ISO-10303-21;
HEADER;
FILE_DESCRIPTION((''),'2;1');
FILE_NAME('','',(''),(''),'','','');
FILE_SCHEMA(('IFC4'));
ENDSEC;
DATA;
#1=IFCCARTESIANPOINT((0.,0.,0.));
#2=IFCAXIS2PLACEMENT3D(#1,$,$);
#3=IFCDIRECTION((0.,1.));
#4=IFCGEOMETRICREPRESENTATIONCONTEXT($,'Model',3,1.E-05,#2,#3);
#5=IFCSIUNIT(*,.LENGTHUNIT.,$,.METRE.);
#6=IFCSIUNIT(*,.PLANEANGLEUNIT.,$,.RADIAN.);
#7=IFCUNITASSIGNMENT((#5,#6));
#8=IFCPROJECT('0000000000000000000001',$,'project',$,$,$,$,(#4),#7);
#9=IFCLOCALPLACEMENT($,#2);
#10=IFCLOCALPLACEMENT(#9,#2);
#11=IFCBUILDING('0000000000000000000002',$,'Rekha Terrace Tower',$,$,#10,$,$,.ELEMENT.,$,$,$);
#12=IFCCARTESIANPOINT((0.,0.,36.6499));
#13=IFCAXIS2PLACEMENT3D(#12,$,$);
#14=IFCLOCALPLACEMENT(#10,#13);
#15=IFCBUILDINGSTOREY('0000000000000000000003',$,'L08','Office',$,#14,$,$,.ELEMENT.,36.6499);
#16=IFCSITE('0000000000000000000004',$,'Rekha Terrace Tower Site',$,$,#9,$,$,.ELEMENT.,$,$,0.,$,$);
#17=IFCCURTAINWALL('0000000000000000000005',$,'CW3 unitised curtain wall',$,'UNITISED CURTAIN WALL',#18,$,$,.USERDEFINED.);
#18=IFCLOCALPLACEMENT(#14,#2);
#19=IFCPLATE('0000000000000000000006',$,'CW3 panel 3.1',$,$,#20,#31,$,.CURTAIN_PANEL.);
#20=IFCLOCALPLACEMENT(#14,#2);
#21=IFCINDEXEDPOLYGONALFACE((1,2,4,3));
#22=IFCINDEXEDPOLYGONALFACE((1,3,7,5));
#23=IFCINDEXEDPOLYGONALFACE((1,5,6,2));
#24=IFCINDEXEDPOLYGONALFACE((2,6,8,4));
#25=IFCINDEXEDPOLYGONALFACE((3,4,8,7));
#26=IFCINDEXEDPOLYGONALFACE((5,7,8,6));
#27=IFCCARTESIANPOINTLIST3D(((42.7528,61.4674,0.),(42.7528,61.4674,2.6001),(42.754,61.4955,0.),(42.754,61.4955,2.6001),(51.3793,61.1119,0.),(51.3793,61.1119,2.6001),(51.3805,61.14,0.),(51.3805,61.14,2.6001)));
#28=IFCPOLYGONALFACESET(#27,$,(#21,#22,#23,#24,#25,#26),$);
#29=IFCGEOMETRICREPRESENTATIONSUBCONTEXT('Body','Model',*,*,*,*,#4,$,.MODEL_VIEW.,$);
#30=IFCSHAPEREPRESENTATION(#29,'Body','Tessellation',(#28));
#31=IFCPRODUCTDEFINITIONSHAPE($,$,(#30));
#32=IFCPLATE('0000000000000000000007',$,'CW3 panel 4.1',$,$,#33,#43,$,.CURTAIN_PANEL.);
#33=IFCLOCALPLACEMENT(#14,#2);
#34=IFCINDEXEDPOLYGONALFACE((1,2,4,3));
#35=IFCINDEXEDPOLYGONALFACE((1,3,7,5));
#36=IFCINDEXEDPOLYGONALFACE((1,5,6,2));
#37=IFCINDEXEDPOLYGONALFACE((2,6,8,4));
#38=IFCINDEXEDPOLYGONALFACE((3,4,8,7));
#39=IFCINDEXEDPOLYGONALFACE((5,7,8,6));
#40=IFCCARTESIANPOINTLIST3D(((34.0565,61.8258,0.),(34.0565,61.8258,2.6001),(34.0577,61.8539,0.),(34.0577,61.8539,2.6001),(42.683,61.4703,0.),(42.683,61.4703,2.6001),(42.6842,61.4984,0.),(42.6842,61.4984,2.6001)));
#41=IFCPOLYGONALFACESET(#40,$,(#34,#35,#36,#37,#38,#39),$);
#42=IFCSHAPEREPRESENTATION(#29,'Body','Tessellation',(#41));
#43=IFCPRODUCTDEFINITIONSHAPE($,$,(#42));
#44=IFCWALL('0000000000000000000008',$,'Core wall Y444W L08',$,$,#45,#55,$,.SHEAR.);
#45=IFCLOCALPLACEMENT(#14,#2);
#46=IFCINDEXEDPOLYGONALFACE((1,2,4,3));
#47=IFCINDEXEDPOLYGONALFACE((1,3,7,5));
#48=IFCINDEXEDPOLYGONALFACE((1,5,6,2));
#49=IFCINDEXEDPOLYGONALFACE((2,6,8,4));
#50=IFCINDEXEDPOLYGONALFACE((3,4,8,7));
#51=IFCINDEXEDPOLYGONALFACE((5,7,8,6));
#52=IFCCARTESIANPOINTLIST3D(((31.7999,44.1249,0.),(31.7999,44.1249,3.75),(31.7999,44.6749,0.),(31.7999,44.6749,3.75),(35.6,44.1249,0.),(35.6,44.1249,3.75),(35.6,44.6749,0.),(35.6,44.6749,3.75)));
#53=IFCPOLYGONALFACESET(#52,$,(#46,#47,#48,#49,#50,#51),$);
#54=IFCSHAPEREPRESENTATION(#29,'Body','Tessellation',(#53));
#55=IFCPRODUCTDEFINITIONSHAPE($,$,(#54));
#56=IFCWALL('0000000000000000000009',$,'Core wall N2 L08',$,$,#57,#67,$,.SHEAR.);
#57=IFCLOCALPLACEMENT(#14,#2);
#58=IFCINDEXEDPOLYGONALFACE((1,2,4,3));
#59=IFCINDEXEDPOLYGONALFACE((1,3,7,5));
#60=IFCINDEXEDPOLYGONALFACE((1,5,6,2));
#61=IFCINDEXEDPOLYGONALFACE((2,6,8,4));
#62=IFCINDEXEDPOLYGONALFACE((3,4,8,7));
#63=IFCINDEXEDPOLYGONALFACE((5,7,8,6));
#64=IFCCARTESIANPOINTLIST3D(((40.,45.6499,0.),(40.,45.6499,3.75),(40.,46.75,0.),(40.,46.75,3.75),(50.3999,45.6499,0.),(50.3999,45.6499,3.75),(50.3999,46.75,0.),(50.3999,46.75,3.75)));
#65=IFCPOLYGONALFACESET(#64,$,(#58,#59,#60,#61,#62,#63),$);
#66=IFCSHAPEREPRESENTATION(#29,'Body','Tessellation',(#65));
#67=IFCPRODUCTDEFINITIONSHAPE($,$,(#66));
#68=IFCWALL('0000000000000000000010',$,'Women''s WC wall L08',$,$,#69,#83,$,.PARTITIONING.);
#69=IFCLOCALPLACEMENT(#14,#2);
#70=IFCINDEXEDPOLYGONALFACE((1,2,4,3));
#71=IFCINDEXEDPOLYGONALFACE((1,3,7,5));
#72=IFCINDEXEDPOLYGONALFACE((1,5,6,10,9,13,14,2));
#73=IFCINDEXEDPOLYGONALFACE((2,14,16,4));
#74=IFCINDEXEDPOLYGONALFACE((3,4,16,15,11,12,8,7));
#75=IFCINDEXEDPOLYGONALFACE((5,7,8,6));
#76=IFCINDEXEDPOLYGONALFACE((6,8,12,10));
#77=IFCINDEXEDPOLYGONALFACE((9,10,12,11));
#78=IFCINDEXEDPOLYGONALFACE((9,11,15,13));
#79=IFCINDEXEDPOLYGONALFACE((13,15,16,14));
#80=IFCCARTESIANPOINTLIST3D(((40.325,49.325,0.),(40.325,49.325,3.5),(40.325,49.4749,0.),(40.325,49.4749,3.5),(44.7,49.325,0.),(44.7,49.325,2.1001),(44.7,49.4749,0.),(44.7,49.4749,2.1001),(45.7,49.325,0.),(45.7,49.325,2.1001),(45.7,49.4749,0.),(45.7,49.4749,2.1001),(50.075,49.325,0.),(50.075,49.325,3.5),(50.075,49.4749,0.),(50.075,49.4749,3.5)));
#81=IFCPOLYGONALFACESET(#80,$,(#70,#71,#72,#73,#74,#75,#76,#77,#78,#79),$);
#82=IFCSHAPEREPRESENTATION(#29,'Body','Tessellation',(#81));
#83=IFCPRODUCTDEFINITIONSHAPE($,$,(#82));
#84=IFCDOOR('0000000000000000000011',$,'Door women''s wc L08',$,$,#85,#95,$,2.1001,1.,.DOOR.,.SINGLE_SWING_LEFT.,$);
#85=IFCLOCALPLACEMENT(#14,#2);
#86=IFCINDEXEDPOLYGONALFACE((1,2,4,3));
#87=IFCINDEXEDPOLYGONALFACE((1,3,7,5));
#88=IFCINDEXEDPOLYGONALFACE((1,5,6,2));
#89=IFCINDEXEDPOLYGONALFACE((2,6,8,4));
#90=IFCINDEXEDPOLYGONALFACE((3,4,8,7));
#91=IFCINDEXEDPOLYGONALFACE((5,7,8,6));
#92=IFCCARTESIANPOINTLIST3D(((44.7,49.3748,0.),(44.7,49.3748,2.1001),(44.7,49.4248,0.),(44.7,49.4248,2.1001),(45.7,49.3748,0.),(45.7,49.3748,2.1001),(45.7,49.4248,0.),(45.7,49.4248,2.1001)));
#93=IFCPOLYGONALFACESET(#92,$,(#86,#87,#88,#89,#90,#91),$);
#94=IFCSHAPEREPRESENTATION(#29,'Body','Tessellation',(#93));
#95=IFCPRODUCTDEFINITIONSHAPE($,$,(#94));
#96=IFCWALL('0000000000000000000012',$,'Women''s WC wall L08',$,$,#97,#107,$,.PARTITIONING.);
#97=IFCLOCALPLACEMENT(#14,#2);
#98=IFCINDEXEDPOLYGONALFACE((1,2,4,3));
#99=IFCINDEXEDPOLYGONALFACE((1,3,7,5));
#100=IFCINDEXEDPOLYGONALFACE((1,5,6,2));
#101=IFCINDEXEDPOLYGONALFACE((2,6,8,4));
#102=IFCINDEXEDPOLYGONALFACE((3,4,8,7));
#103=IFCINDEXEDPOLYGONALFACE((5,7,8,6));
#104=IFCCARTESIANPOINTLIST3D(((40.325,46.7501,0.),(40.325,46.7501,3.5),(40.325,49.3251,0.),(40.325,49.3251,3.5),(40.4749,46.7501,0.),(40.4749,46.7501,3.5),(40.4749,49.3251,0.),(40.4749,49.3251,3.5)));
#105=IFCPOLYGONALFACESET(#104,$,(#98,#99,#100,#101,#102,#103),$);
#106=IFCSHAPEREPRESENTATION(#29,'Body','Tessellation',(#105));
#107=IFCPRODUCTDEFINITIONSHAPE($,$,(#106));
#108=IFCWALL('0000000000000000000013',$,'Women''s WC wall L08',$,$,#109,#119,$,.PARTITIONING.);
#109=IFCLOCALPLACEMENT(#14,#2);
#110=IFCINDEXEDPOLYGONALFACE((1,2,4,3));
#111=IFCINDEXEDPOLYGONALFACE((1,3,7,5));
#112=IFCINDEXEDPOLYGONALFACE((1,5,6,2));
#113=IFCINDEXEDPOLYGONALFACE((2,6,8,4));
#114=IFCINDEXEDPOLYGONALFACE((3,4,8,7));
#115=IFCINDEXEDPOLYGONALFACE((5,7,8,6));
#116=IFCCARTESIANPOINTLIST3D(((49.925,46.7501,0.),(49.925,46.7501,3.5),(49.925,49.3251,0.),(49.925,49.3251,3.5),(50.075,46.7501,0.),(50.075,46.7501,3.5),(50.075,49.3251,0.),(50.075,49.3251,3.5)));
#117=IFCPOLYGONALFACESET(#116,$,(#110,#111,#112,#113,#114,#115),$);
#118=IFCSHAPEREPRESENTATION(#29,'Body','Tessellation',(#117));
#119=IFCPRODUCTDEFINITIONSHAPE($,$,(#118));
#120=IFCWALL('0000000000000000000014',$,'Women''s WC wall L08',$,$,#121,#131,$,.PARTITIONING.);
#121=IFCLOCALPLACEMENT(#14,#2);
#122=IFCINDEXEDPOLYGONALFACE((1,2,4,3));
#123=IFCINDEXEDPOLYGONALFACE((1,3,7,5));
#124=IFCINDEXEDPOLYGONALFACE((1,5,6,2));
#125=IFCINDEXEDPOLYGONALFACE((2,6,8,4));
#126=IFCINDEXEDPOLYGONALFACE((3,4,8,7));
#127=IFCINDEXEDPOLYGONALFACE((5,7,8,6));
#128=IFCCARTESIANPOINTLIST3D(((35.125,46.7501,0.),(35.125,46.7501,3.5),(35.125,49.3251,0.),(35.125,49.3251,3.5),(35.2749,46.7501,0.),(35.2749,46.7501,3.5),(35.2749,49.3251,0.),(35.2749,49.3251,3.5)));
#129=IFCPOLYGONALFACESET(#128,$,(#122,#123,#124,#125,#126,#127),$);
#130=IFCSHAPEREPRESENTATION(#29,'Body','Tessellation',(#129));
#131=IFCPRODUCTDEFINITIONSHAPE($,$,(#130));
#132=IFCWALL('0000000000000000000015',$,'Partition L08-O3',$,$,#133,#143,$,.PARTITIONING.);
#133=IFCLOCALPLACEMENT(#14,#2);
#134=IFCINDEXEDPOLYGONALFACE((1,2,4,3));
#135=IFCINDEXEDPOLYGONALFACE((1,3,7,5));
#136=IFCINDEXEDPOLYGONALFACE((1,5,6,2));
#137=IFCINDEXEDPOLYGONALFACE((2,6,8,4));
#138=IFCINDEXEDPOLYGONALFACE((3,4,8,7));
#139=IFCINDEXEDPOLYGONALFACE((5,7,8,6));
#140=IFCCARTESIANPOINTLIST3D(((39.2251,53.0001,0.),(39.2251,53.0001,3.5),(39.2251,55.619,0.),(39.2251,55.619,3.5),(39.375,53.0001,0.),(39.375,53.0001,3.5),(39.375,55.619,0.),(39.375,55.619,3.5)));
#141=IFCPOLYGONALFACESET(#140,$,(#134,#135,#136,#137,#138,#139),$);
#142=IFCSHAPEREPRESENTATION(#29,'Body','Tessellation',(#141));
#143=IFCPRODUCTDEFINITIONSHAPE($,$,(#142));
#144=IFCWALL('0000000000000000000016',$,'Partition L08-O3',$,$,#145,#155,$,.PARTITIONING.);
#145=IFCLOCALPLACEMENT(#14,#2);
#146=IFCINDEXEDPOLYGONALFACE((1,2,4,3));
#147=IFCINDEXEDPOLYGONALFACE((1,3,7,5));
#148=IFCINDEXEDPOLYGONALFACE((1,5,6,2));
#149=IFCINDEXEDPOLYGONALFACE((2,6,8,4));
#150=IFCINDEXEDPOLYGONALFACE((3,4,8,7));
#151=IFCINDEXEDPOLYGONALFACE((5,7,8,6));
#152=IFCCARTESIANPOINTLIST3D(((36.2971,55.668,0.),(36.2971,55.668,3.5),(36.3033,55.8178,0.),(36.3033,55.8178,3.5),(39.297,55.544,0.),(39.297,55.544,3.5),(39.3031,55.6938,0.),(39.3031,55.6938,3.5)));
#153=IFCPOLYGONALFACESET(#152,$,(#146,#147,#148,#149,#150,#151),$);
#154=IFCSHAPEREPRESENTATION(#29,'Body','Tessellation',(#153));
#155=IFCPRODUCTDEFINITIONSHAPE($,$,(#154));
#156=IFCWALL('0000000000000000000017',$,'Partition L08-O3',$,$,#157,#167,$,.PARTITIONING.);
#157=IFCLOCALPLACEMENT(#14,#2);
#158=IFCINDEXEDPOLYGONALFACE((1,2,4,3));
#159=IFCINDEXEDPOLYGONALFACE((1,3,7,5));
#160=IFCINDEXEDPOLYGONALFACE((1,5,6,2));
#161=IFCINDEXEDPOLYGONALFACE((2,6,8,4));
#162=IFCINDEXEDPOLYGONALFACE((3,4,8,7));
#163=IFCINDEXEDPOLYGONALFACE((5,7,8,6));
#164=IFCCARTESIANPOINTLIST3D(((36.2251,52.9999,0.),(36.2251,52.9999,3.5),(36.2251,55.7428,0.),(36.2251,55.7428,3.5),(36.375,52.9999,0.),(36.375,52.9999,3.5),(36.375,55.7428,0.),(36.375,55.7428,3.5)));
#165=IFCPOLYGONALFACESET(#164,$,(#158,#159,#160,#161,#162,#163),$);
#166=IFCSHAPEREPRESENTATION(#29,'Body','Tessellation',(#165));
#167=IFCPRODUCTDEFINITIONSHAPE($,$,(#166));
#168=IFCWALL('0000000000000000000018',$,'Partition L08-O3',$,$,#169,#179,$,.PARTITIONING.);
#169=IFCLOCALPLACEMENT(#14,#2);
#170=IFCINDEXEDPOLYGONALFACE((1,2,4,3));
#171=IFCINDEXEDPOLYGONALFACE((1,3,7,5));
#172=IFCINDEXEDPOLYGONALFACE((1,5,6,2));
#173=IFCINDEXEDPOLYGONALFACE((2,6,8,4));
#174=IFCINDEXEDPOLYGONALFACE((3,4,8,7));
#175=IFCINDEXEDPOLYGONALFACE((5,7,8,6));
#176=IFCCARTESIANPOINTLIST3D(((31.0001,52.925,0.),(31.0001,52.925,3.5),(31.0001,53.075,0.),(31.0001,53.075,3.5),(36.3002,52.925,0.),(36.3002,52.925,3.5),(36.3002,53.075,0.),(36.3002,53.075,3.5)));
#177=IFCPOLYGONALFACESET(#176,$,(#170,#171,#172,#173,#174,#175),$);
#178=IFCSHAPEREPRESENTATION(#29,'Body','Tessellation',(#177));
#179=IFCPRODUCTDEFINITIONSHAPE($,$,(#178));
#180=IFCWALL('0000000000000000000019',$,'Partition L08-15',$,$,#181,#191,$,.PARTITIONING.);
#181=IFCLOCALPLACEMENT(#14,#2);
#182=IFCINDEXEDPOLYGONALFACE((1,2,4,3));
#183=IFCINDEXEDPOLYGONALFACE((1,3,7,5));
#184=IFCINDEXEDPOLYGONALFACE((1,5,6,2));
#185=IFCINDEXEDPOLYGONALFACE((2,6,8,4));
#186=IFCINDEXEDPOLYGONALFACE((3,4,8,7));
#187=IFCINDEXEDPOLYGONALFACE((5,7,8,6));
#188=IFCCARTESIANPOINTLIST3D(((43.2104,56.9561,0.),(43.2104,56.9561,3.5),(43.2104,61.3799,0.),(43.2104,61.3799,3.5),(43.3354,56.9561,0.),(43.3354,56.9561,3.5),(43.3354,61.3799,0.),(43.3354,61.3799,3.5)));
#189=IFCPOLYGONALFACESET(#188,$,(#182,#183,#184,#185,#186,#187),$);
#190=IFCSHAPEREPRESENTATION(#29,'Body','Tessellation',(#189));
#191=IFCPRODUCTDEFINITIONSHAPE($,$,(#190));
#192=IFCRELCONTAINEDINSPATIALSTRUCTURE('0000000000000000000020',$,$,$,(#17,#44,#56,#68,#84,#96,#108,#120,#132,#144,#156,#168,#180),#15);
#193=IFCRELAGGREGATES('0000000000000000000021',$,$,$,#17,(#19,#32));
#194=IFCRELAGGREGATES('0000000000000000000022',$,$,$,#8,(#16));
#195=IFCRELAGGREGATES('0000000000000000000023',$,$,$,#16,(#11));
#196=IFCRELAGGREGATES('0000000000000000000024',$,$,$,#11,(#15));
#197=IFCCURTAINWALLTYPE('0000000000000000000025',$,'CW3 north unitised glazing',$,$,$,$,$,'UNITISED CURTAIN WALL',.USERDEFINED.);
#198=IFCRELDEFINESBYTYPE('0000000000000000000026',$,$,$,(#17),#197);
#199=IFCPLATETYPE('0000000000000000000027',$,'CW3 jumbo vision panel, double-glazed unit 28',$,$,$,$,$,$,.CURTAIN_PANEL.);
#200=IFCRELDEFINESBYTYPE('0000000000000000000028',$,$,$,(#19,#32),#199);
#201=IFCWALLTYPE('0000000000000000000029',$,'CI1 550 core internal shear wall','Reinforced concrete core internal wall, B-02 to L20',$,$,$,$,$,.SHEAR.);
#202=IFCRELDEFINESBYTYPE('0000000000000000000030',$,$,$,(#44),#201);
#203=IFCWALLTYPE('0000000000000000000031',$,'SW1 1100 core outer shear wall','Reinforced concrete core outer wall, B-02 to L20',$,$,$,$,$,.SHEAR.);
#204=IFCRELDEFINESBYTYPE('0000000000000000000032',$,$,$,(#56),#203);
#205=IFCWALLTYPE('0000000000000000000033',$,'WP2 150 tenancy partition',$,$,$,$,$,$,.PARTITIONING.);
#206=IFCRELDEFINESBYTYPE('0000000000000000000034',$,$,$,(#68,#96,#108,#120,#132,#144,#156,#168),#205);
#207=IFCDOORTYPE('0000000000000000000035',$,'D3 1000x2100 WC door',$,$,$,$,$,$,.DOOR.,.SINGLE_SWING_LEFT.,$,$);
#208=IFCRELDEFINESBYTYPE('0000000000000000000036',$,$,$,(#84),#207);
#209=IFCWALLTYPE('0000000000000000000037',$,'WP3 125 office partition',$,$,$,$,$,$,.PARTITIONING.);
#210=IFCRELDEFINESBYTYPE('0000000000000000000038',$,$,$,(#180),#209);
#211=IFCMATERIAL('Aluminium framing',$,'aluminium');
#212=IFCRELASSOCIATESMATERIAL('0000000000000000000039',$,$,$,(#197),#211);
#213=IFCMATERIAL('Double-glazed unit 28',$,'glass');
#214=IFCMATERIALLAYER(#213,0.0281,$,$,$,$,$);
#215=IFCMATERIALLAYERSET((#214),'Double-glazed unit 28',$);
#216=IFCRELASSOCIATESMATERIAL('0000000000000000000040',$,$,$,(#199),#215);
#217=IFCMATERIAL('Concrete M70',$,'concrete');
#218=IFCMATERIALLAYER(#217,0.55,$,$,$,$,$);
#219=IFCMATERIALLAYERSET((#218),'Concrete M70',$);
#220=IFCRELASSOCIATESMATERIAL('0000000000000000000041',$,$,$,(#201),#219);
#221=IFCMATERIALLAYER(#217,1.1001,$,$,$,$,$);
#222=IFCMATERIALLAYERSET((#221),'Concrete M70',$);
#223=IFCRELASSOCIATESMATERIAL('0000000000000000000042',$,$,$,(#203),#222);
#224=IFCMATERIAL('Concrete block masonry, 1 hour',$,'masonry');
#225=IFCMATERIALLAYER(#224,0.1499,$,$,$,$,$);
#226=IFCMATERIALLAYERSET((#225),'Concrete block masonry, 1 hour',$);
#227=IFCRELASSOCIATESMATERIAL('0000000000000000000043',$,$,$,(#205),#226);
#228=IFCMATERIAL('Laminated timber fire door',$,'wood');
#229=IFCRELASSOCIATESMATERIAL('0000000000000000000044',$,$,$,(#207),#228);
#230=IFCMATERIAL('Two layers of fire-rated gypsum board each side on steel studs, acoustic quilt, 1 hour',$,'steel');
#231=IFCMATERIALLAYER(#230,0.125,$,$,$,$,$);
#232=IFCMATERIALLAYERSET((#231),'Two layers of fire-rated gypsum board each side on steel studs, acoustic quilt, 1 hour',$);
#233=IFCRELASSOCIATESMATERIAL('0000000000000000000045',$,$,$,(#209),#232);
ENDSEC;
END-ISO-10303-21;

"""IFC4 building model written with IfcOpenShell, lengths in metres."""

from ifc_helpers import new_model, si_unit, direction, frame, frame_2d, origin, origin_2d, place, context, subcontext, project, spatial, rectangle, extrude, material, layer, layer_set, type_object, element, fill, aggregate, save


model = new_model("IFC4")

# Units and contexts
model_context = context("Model", 3, precision=1e-05, world=origin(), true_north=direction((0.0, 1.0)))
body_context = subcontext(model_context, "Body", "Model", "MODEL_VIEW")
ifc_project = project(units=[si_unit("LENGTHUNIT", "METRE"), si_unit("PLANEANGLEUNIT", "RADIAN")], contexts=[model_context])

# Site, building, storey
site_placement = place(None, origin())
site = spatial("IfcSite", under=ifc_project, at=site_placement, Name="Rekha Terrace Tower Site", CompositionType="ELEMENT", RefElevation=0.0)
building_placement = place(site_placement, origin())
building = spatial("IfcBuilding", under=site, at=building_placement, Name="Rekha Terrace Tower", CompositionType="ELEMENT")
storey_placement = place(building_placement, frame((0.0, 0.0, 36.6499)))
storey = spatial("IfcBuildingStorey", under=building, at=storey_placement, Name="L08", Description="Office", CompositionType="ELEMENT", Elevation=36.6499)

# Shared definitions
ifc_material_1 = material(Name="Concrete M70", Category="concrete")

# Curtain wall
ifc_material_2 = material(Name="Aluminium framing", Category="aluminium")
curtain_wall_type = type_object("IfcCurtainWallType", Name="CW3 north unitised glazing", ElementType="UNITISED CURTAIN WALL", PredefinedType="USERDEFINED", material=ifc_material_2)
curtain_wall_placement = place(storey_placement, origin())
curtain_wall = element("IfcCurtainWall", 1, at=curtain_wall_placement, inside=storey, type_object=curtain_wall_type, Name="CW3 unitised curtain wall", ObjectType="UNITISED CURTAIN WALL", PredefinedType="USERDEFINED")

# Plates
ifc_material_3 = material(Name="Double-glazed unit 28", Category="glass")
ifc_layer_1 = layer(ifc_material_3, 0.0281)
ifc_layer_set_1 = layer_set([ifc_layer_1], Name="Double-glazed unit 28")
plate_type = type_object("IfcPlateType", Name="CW3 jumbo vision panel, double-glazed unit 28", PredefinedType="CURTAIN_PANEL", material=ifc_layer_set_1)
plate_1_placement = place(storey_placement, frame((47.0667, 61.3037, 0.0), z_axis=(0.0, 0.0, 1.0), x_axis=(-0.999152, 0.041174, 0.0)))
plate_1 = element("IfcPlate", 2, at=plate_1_placement, type_object=plate_type, Name="CW3 panel 3.1", PredefinedType="CURTAIN_PANEL", context=body_context, shape_type="SweptSolid", body=[
    extrude(rectangle(XDim=8.6338, YDim=0.0281, at=origin_2d()), origin(), (0.0, 0.0, 1.0), 2.6001),
])
plate_2_placement = place(storey_placement, frame((38.3704, 61.6621, 0.0), z_axis=(0.0, 0.0, 1.0), x_axis=(-0.999152, 0.041174, 0.0)))
plate_2 = element("IfcPlate", 3, at=plate_2_placement, type_object=plate_type, Name="CW3 panel 4.1", PredefinedType="CURTAIN_PANEL", context=body_context, shape_type="SweptSolid", body=[
    extrude(rectangle(XDim=8.6338, YDim=0.0281, at=origin_2d()), origin(), (0.0, 0.0, 1.0), 2.6001),
])
aggregate(curtain_wall, [plate_1, plate_2])

# Walls
ifc_layer_2 = layer(ifc_material_1, 0.55)
ifc_layer_set_2 = layer_set([ifc_layer_2], Name="Concrete M70")
wall_type_1 = type_object("IfcWallType", Name="CI1 550 core internal shear wall", Description="Reinforced concrete core internal wall, B-02 to L20", PredefinedType="SHEAR", material=ifc_layer_set_2)
wall_1_placement = place(storey_placement, frame((31.8, 44.3999, 0.0), z_axis=(0.0, 0.0, 1.0), x_axis=(1.0, 0.0, 0.0)))
element("IfcWall", 4, at=wall_1_placement, inside=storey, type_object=wall_type_1, Name="Core wall Y444W L08", PredefinedType="SHEAR", context=body_context, shape_type="SweptSolid", body=[
    extrude(rectangle(XDim=3.8, YDim=0.55, at=frame_2d((1.8999, 0.0))), origin(), (0.0, 0.0, 1.0), 3.75),
])
ifc_layer_3 = layer(ifc_material_1, 1.1001)
ifc_layer_set_3 = layer_set([ifc_layer_3], Name="Concrete M70")
wall_type_2 = type_object("IfcWallType", Name="SW1 1100 core outer shear wall", Description="Reinforced concrete core outer wall, B-02 to L20", PredefinedType="SHEAR", material=ifc_layer_set_3)
wall_2_placement = place(storey_placement, frame((40.0, 46.2, 0.0), z_axis=(0.0, 0.0, 1.0), x_axis=(1.0, 0.0, 0.0)))
element("IfcWall", 5, at=wall_2_placement, inside=storey, type_object=wall_type_2, Name="Core wall N2 L08", PredefinedType="SHEAR", context=body_context, shape_type="SweptSolid", body=[
    extrude(rectangle(XDim=10.3999, YDim=1.1001, at=frame_2d((5.2, 0.0))), origin(), (0.0, 0.0, 1.0), 3.75),
])

# Wall, opening, door
ifc_material_4 = material(Name="Concrete block masonry, 1 hour", Category="masonry")
ifc_layer_4 = layer(ifc_material_4, 0.1499)
ifc_layer_set_4 = layer_set([ifc_layer_4], Name="Concrete block masonry, 1 hour")
wall_type_3 = type_object("IfcWallType", Name="WP2 150 tenancy partition", PredefinedType="PARTITIONING", material=ifc_layer_set_4)
wall_3_placement = place(storey_placement, frame((40.325, 49.3999, 0.0), z_axis=(0.0, 0.0, 1.0), x_axis=(1.0, 0.0, 0.0)))
wall_3 = element("IfcWall", 6, at=wall_3_placement, inside=storey, type_object=wall_type_3, Name="Women's WC wall L08", PredefinedType="PARTITIONING", context=body_context, shape_type="SweptSolid", body=[
    extrude(rectangle(XDim=9.75, YDim=0.1499, at=frame_2d((4.875, 0.0))), origin(), (0.0, 0.0, 1.0), 3.5),
])
opening_1_placement = place(wall_3_placement, frame((4.375, 0.0, 0.0)))
opening_1 = element("IfcOpeningElement", 7, at=opening_1_placement, cuts=wall_3, PredefinedType="OPENING", context=body_context, shape_type="SweptSolid", body=[
    extrude(rectangle(XDim=1.0, YDim=2.1001, at=frame_2d((0.5, 1.05))), frame((0.0, 0.085, 0.0), z_axis=(0.0, -1.0, 0.0), x_axis=(1.0, 0.0, 0.0)), (0.0, 0.0, 1.0), 0.1699),
])
ifc_material_5 = material(Name="Laminated timber fire door", Category="wood")
door_type_1 = type_object("IfcDoorType", Name="D3 1000x2100 WC door", OperationType="SINGLE_SWING_LEFT", PredefinedType="DOOR", material=ifc_material_5)
door_1_placement = place(opening_1_placement, origin())
door_1 = element("IfcDoor", 8, at=door_1_placement, inside=storey, type_object=door_type_1, Name="Door women's wc L08", OperationType="SINGLE_SWING_LEFT", OverallHeight=2.1001, OverallWidth=1.0, PredefinedType="DOOR", context=body_context, shape_type="SweptSolid", body=[
    extrude(rectangle(XDim=1.0, YDim=2.1001, at=frame_2d((0.5, 1.05))), frame((0.0, 0.0249, 0.0), z_axis=(0.0, -1.0, 0.0), x_axis=(1.0, 0.0, 0.0)), (0.0, 0.0, 1.0), 0.05),
])
fill(opening_1, door_1)

# Walls
for number, where, z_axis, x_axis, name in (
    (9, (40.3999, 46.75, 0.0), (0.0, 0.0, 1.0), (0.0, 1.0, 0.0), "Women's WC wall L08"),
    (10, (50.0, 46.75, 0.0), (0.0, 0.0, 1.0), (0.0, 1.0, 0.0), "Women's WC wall L08"),
    (11, (35.2, 46.75, 0.0), (0.0, 0.0, 1.0), (0.0, 1.0, 0.0), "Women's WC wall L08"),
):
    element("IfcWall", number, at=place(storey_placement, frame(where, z_axis=z_axis, x_axis=x_axis)), inside=storey, type_object=wall_type_3, Name=name, PredefinedType="PARTITIONING", context=body_context, shape_type="SweptSolid", body=[
        extrude(rectangle(XDim=2.575, YDim=0.1499, at=frame_2d((1.2876, 0.0))), origin(), (0.0, 0.0, 1.0), 3.5),
    ])
wall_4_placement = place(storey_placement, frame((39.3, 53.0, 0.0), z_axis=(0.0, 0.0, 1.0), x_axis=(0.0, 1.0, 0.0)))
element("IfcWall", 12, at=wall_4_placement, inside=storey, type_object=wall_type_3, Name="Partition L08-O3", PredefinedType="PARTITIONING", context=body_context, shape_type="SweptSolid", body=[
    extrude(rectangle(XDim=2.6189, YDim=0.1499, at=frame_2d((1.3096, 0.0))), origin(), (0.0, 0.0, 1.0), 3.5),
])
wall_5_placement = place(storey_placement, frame((39.3, 55.6189, 0.0), z_axis=(0.0, 0.0, 1.0), x_axis=(-0.999147, 0.041306, 0.0)))
element("IfcWall", 13, at=wall_5_placement, inside=storey, type_object=wall_type_3, Name="Partition L08-O3", PredefinedType="PARTITIONING", context=body_context, shape_type="SweptSolid", body=[
    extrude(rectangle(XDim=3.0024, YDim=0.1499, at=frame_2d((1.5012, 0.0))), origin(), (0.0, 0.0, 1.0), 3.5),
])
wall_6_placement = place(storey_placement, frame((36.3, 55.7429, 0.0), z_axis=(0.0, 0.0, 1.0), x_axis=(0.0, -1.0, 0.0)))
element("IfcWall", 14, at=wall_6_placement, inside=storey, type_object=wall_type_3, Name="Partition L08-O3", PredefinedType="PARTITIONING", context=body_context, shape_type="SweptSolid", body=[
    extrude(rectangle(XDim=2.7429, YDim=0.1499, at=frame_2d((1.3716, 0.0))), origin(), (0.0, 0.0, 1.0), 3.5),
])
wall_7_placement = place(storey_placement, frame((36.3, 53.0, 0.0), z_axis=(0.0, 0.0, 1.0), x_axis=(-1.0, 0.0, 0.0)))
element("IfcWall", 15, at=wall_7_placement, inside=storey, type_object=wall_type_3, Name="Partition L08-O3", PredefinedType="PARTITIONING", context=body_context, shape_type="SweptSolid", body=[
    extrude(rectangle(XDim=5.3, YDim=0.1499, at=frame_2d((2.6499, 0.0))), origin(), (0.0, 0.0, 1.0), 3.5),
])
ifc_material_6 = material(Name="Two layers of fire-rated gypsum board each side on steel studs, acoustic quilt, 1 hour", Category="steel")
ifc_layer_5 = layer(ifc_material_6, 0.125)
ifc_layer_set_5 = layer_set([ifc_layer_5], Name="Two layers of fire-rated gypsum board each side on steel studs, acoustic quilt, 1 hour")
wall_type_4 = type_object("IfcWallType", Name="WP3 125 office partition", PredefinedType="PARTITIONING", material=ifc_layer_set_5)
wall_8_placement = place(storey_placement, frame((43.2729, 56.9561, 0.0), z_axis=(0.0, 0.0, 1.0), x_axis=(0.0, 1.0, 0.0)))
element("IfcWall", 16, at=wall_8_placement, inside=storey, type_object=wall_type_4, Name="Partition L08-15", PredefinedType="PARTITIONING", context=body_context, shape_type="SweptSolid", body=[
    extrude(rectangle(XDim=4.4238, YDim=0.125, at=frame_2d((2.2119, 0.0))), origin(), (0.0, 0.0, 1.0), 3.5),
])

save(model, "model.ifc")
